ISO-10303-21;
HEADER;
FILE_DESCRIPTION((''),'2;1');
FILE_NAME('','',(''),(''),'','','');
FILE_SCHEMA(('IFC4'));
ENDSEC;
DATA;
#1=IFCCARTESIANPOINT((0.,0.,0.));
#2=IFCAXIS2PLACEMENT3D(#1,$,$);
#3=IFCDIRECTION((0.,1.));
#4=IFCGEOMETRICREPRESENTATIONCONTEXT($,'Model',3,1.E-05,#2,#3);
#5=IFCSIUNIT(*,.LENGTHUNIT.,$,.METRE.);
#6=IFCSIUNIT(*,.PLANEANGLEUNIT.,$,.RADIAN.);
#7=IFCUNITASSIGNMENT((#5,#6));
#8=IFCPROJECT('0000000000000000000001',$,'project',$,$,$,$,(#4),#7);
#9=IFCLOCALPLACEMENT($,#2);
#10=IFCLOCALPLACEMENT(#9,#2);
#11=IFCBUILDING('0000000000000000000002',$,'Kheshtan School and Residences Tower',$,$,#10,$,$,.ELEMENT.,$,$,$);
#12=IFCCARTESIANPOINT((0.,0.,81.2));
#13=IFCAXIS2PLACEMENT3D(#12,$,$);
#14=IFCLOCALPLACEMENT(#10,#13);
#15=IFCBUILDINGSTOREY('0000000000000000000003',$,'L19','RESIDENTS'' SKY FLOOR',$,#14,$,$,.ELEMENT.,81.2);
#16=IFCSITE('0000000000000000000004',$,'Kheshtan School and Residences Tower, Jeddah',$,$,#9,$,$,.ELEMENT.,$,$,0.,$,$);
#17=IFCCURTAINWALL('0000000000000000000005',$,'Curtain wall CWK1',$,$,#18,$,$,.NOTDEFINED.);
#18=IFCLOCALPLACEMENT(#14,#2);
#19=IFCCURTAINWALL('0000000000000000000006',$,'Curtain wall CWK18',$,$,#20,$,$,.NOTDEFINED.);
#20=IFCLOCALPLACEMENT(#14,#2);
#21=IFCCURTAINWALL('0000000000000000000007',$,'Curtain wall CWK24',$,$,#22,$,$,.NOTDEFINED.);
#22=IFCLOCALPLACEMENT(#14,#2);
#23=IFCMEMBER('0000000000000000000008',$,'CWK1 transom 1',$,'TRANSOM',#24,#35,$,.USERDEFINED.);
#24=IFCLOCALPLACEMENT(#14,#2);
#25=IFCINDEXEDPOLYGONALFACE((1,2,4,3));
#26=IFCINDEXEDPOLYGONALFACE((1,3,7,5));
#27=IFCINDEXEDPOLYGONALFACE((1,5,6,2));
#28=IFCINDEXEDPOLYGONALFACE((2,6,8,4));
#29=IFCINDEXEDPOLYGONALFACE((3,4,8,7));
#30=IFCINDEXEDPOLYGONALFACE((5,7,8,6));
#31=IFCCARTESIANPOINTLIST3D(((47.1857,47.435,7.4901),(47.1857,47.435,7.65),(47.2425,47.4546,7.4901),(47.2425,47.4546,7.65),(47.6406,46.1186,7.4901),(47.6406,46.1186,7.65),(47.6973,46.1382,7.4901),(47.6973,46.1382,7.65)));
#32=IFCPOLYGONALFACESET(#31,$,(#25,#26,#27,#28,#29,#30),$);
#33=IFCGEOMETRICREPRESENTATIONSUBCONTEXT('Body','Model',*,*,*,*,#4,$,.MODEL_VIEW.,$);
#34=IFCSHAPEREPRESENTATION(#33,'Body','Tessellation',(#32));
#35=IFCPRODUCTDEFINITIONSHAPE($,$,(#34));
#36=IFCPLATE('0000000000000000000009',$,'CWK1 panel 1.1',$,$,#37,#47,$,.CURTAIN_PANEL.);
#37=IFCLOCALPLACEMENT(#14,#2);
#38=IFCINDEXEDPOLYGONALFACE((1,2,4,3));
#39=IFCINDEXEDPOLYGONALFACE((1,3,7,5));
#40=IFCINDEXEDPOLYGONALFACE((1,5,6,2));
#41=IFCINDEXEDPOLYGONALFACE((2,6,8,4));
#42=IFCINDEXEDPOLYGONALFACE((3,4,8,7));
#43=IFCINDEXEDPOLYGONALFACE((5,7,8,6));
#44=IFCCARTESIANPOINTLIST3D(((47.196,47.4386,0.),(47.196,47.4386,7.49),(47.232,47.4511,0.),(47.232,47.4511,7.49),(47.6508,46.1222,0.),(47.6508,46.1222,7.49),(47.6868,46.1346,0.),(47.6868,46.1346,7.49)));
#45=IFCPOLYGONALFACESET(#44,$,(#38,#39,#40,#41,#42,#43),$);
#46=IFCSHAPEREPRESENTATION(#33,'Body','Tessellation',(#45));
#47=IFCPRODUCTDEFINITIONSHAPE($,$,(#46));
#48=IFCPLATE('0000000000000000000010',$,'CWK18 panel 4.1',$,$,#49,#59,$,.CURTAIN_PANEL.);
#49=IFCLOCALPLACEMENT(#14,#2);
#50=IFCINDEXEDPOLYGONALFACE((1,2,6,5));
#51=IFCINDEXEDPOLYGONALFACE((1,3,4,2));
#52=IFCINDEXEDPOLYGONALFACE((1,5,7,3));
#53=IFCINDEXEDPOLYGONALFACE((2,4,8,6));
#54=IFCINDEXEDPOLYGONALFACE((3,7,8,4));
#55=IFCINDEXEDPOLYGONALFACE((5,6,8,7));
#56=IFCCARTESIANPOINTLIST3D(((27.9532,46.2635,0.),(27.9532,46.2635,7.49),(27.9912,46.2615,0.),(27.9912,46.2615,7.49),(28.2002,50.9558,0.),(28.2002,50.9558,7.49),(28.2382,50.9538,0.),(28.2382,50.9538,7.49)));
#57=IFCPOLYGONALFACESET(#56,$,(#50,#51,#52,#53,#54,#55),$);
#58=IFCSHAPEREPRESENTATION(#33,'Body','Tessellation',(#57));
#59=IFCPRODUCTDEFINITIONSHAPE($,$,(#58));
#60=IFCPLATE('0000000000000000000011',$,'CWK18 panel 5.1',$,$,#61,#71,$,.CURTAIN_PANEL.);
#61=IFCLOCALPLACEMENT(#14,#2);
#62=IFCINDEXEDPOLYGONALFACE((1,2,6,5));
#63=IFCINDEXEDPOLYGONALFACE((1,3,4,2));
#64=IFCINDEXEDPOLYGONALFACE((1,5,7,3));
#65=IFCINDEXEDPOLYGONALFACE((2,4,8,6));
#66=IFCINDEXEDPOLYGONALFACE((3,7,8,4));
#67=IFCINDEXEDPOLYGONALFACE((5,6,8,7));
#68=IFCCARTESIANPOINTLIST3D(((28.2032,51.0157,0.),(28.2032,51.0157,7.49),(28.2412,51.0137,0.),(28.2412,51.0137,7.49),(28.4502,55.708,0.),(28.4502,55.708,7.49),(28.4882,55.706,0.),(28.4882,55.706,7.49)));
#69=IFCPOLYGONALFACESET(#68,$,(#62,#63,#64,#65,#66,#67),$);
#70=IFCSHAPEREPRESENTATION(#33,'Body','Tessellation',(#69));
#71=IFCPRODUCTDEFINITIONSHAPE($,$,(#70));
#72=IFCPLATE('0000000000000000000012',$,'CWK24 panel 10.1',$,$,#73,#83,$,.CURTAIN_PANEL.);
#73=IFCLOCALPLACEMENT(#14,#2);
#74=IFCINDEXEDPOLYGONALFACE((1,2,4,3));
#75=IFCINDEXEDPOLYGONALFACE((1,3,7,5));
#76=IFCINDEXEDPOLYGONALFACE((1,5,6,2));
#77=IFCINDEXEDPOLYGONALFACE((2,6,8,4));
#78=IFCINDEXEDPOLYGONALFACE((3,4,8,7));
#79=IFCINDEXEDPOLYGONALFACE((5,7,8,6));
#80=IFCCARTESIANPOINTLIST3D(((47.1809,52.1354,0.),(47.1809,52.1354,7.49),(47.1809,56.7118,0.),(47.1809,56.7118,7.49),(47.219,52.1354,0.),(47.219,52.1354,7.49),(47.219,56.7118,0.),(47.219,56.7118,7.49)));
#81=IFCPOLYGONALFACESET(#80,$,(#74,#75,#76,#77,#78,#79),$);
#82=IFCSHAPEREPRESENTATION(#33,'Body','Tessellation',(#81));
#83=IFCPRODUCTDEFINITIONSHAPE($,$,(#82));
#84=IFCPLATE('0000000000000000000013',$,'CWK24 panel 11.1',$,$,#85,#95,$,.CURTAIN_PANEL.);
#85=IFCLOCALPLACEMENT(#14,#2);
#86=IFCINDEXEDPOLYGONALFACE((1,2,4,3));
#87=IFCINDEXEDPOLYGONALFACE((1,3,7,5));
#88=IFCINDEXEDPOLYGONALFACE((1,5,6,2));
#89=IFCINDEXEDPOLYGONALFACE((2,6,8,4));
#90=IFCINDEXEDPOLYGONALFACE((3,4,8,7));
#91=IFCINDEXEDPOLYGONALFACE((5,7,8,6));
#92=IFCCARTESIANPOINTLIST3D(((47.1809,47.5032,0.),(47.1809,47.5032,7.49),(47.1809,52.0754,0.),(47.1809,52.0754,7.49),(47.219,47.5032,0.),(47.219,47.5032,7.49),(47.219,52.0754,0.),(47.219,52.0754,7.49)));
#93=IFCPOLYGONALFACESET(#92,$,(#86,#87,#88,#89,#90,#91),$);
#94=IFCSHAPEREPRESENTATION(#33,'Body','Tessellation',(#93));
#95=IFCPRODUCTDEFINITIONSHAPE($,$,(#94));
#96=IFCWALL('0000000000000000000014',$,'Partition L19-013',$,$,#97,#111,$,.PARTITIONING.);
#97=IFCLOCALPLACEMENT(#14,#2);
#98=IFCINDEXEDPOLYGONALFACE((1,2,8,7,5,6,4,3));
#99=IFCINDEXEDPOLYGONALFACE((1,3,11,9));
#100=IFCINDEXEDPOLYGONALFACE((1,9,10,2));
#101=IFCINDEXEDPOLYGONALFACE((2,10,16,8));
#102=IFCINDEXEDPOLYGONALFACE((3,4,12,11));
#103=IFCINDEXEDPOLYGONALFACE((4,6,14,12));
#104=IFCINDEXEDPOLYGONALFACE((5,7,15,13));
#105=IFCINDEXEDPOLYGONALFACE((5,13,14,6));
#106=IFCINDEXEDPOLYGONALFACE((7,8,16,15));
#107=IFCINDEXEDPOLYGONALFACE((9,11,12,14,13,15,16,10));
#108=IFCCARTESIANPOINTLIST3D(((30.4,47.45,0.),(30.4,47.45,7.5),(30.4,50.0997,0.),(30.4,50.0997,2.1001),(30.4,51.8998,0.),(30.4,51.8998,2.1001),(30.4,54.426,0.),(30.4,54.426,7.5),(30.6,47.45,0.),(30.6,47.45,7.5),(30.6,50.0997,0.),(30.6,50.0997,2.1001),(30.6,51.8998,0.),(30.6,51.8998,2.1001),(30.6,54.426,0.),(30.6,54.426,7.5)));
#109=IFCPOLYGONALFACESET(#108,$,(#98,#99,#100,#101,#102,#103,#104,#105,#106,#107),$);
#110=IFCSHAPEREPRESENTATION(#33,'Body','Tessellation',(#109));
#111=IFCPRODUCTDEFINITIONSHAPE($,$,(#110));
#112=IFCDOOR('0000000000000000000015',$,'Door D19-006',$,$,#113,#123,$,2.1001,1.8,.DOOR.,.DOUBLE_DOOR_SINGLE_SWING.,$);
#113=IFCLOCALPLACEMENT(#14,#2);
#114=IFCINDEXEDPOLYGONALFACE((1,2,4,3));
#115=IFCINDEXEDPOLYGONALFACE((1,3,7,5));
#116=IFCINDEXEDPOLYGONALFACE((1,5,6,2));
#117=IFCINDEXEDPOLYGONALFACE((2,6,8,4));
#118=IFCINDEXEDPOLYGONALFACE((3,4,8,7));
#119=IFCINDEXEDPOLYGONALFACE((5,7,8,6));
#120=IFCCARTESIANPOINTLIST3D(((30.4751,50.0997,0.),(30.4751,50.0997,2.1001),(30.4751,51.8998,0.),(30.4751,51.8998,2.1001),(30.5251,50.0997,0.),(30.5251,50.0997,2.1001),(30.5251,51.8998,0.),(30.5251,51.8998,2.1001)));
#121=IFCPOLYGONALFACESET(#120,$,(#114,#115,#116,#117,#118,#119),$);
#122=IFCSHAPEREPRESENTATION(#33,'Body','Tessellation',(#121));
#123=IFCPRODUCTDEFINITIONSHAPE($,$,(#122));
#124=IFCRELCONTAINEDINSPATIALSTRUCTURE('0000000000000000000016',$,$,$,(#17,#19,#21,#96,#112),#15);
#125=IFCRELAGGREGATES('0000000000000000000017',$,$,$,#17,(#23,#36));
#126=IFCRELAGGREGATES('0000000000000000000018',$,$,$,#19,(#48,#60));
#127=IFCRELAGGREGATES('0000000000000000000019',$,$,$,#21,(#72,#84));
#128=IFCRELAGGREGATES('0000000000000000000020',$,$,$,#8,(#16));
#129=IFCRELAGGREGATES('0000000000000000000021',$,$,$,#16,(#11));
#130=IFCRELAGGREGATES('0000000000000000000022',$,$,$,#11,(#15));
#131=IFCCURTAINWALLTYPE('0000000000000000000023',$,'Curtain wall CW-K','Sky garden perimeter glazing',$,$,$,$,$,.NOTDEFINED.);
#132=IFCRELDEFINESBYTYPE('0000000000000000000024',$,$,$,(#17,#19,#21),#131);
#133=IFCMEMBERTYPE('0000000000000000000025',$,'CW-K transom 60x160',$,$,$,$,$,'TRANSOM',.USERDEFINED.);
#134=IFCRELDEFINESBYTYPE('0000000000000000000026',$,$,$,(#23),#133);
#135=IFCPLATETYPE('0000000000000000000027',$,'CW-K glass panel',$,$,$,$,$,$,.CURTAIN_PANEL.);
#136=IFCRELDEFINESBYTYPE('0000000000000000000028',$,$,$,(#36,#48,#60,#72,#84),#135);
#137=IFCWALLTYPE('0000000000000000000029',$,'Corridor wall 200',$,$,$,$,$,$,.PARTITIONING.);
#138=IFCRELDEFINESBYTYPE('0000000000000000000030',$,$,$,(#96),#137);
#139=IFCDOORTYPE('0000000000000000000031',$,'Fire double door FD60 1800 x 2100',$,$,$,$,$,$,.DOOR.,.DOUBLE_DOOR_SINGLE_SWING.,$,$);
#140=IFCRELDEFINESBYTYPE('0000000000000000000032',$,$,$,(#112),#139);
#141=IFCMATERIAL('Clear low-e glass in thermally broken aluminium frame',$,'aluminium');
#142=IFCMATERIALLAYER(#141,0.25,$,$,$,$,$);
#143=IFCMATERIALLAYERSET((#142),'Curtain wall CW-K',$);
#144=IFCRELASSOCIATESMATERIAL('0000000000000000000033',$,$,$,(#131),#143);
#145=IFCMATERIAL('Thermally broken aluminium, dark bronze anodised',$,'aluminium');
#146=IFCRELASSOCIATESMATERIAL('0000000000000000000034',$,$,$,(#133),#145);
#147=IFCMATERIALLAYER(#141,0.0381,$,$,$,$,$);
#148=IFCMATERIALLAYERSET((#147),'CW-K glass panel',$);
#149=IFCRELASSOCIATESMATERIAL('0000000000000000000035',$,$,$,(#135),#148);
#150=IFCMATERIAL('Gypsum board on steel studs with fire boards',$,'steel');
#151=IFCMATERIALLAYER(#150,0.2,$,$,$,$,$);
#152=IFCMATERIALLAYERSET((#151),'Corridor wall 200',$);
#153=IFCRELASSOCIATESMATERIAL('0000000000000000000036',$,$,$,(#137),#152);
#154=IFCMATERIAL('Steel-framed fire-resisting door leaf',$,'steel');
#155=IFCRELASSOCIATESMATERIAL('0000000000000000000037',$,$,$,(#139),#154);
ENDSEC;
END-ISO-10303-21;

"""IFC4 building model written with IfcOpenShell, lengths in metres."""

from ifc_helpers import new_model, si_unit, direction, frame, frame_2d, origin, origin_2d, place, context, subcontext, project, spatial, rectangle, extrude, source, transform, mapped, material, layer, layer_set, material_profile, profile_set, type_object, element, fill, aggregate, save


model = new_model("IFC4")

# Units and contexts
model_context = context("Model", 3, precision=1e-05, world=origin(), true_north=direction((0.0, 1.0)))
body_context = subcontext(model_context, "Body", "Model", "MODEL_VIEW")
ifc_project = project(units=[si_unit("LENGTHUNIT", "METRE"), si_unit("PLANEANGLEUNIT", "RADIAN")], contexts=[model_context])

# Site, building, storey
site_placement = place(None, origin())
site = spatial("IfcSite", under=ifc_project, at=site_placement, Name="Kheshtan School and Residences Tower, Jeddah", CompositionType="ELEMENT", RefElevation=0.0)
building_placement = place(site_placement, origin())
building = spatial("IfcBuilding", under=site, at=building_placement, Name="Kheshtan School and Residences Tower", CompositionType="ELEMENT")
storey_placement = place(building_placement, frame((0.0, 0.0, 81.2)))
storey = spatial("IfcBuildingStorey", under=building, at=storey_placement, Name="L19", Description="RESIDENTS' SKY FLOOR", CompositionType="ELEMENT", Elevation=81.2)

# Curtain wall
ifc_material_1 = material(Name="Clear low-e glass in thermally broken aluminium frame", Category="aluminium")
ifc_layer_1 = layer(ifc_material_1, 0.25)
ifc_layer_set_1 = layer_set([ifc_layer_1], Name="Curtain wall CW-K")
curtain_wall_type = type_object("IfcCurtainWallType", Name="Curtain wall CW-K", Description="Sky garden perimeter glazing", PredefinedType="NOTDEFINED", material=ifc_layer_set_1)
curtain_wall_1_placement = place(storey_placement, origin())
curtain_wall_1 = element("IfcCurtainWall", 1, at=curtain_wall_1_placement, inside=storey, type_object=curtain_wall_type, Name="Curtain wall CWK1", PredefinedType="NOTDEFINED")
ifc_material_2 = material(Name="Thermally broken aluminium, dark bronze anodised", Category="aluminium")

# Curtain wall
curtain_wall_2_placement = place(storey_placement, origin())
curtain_wall_2 = element("IfcCurtainWall", 2, at=curtain_wall_2_placement, inside=storey, type_object=curtain_wall_type, Name="Curtain wall CWK18", PredefinedType="NOTDEFINED")

# Curtain wall
curtain_wall_3_placement = place(storey_placement, origin())
curtain_wall_3 = element("IfcCurtainWall", 3, at=curtain_wall_3_placement, inside=storey, type_object=curtain_wall_type, Name="Curtain wall CWK24", PredefinedType="NOTDEFINED")

# Member
ifc_material_profile_1 = material_profile(ifc_material_2, rectangle(XDim=0.0601, YDim=0.1599, at=origin_2d()), Name="CW-K transom 60x160")
ifc_profile_set_1 = profile_set([ifc_material_profile_1], Name="Thermally broken aluminium, dark bronze anodised")
member_type_1 = type_object("IfcMemberType", Name="CW-K transom 60x160", ElementType="TRANSOM", PredefinedType="USERDEFINED", material=ifc_profile_set_1)
member_1_placement = place(storey_placement, frame((47.2141, 47.4448, 7.5701), z_axis=(0.326569, -0.945173, 0.0), x_axis=(0.945173, 0.326569, 0.0)))
member_1 = element("IfcMember", 4, at=member_1_placement, type_object=member_type_1, Name="CWK1 transom 1", ObjectType="TRANSOM", PredefinedType="USERDEFINED", context=body_context, shape_type="SweptSolid", body=[
    extrude(rectangle(XDim=0.0601, YDim=0.1599, at=origin_2d()), origin(), (0.0, 0.0, 1.0), 1.3928),
])

# Plates
ifc_layer_2 = layer(ifc_material_1, 0.0381)
ifc_layer_set_2 = layer_set([ifc_layer_2], Name="CW-K glass panel")
plate_type = type_object("IfcPlateType", Name="CW-K glass panel", PredefinedType="CURTAIN_PANEL", material=ifc_layer_set_2)
plate_1_placement = place(storey_placement, frame((47.4414, 46.7866, 0.0), z_axis=(0.0, 0.0, 1.0), x_axis=(0.32652, -0.94519, 0.0)))
plate_1 = element("IfcPlate", 5, at=plate_1_placement, type_object=plate_type, Name="CWK1 panel 1.1", PredefinedType="CURTAIN_PANEL", context=body_context, shape_type="SweptSolid", body=[
    extrude(rectangle(XDim=1.3928, YDim=0.0381, at=origin_2d()), origin(), (0.0, 0.0, 1.0), 7.49),
])
aggregate(curtain_wall_1, [member_1, plate_1])
plate_2_placement = place(storey_placement, frame((28.0957, 48.6086, 0.0), z_axis=(0.0, 0.0, 1.0), x_axis=(0.052565, 0.998617, 0.0)))
plate_2 = element("IfcPlate", 6, at=plate_2_placement, type_object=plate_type, Name="CWK18 panel 4.1", PredefinedType="CURTAIN_PANEL", context=body_context, shape_type="SweptSolid", body=[
    extrude(rectangle(XDim=4.6987, YDim=0.0381, at=origin_2d()), origin(), (0.0, 0.0, 1.0), 7.49),
])
plate_3_placement = place(storey_placement, frame((28.3457, 53.3608, 0.0), z_axis=(0.0, 0.0, 1.0), x_axis=(0.052565, 0.998617, 0.0)))
plate_3 = element("IfcPlate", 7, at=plate_3_placement, type_object=plate_type, Name="CWK18 panel 5.1", PredefinedType="CURTAIN_PANEL", context=body_context, shape_type="SweptSolid", body=[
    extrude(rectangle(XDim=4.6987, YDim=0.0381, at=origin_2d()), origin(), (0.0, 0.0, 1.0), 7.49),
])
aggregate(curtain_wall_2, [plate_2, plate_3])
plate_4_placement = place(storey_placement, frame((47.2, 54.4236, 0.0), z_axis=(0.0, 0.0, 1.0), x_axis=(0.0, -1.0, 0.0)))
plate_4 = element("IfcPlate", 8, at=plate_4_placement, type_object=plate_type, Name="CWK24 panel 10.1", PredefinedType="CURTAIN_PANEL", context=body_context, shape_type="SweptSolid", body=[
    extrude(rectangle(XDim=4.5764, YDim=0.0381, at=origin_2d()), origin(), (0.0, 0.0, 1.0), 7.49),
])
plate_5_placement = place(storey_placement, frame((47.2, 49.7893, 0.0), z_axis=(0.0, 0.0, 1.0), x_axis=(0.0, -1.0, 0.0)))
plate_5 = element("IfcPlate", 9, at=plate_5_placement, type_object=plate_type, Name="CWK24 panel 11.1", PredefinedType="CURTAIN_PANEL", context=body_context, shape_type="SweptSolid", body=[
    extrude(rectangle(XDim=4.5723, YDim=0.0381, at=origin_2d()), origin(), (0.0, 0.0, 1.0), 7.49),
])
aggregate(curtain_wall_3, [plate_4, plate_5])

# Wall, opening, door
ifc_material_3 = material(Name="Gypsum board on steel studs with fire boards", Category="steel")
ifc_layer_3 = layer(ifc_material_3, 0.2)
ifc_layer_set_3 = layer_set([ifc_layer_3], Name="Corridor wall 200")
wall_type_1 = type_object("IfcWallType", Name="Corridor wall 200", PredefinedType="PARTITIONING", material=ifc_layer_set_3)
wall_1_placement = place(storey_placement, frame((30.5, 47.45, 0.0), z_axis=(0.0, 0.0, 1.0), x_axis=(0.0, 1.0, 0.0)))
wall_1 = element("IfcWall", 10, at=wall_1_placement, inside=storey, type_object=wall_type_1, Name="Partition L19-013", PredefinedType="PARTITIONING", context=body_context, shape_type="SweptSolid", body=[
    extrude(rectangle(XDim=6.9761, YDim=0.2, at=frame_2d((3.488, 0.0))), origin(), (0.0, 0.0, 1.0), 7.5),
])
opening_1_placement = place(wall_1_placement, frame((2.6499, 0.0, 0.0)))
opening_1 = element("IfcOpeningElement", 11, at=opening_1_placement, cuts=wall_1, PredefinedType="OPENING", context=body_context, shape_type="SweptSolid", body=[
    extrude(rectangle(XDim=1.8, YDim=2.1001, at=frame_2d((0.8999, 1.05))), frame((0.0, 0.1099, 0.0), z_axis=(0.0, -1.0, 0.0), x_axis=(1.0, 0.0, 0.0)), (0.0, 0.0, 1.0), 0.22),
])
ifc_material_4 = material(Name="Steel-framed fire-resisting door leaf", Category="steel")
door_type_1 = type_object("IfcDoorType", Name="Fire double door FD60 1800 x 2100", OperationType="DOUBLE_DOOR_SINGLE_SWING", PredefinedType="DOOR", material=ifc_material_4)
shared_shape_1 = source(origin(), body_context, "Body", "SweptSolid", [
    extrude(rectangle(XDim=1.8, YDim=2.1001, at=frame_2d((0.8999, 1.05))), frame((0.0, 0.0249, 0.0), z_axis=(0.0, -1.0, 0.0), x_axis=(1.0, 0.0, 0.0)), (0.0, 0.0, 1.0), 0.05),
])
door_1_placement = place(opening_1_placement, origin())
door_1 = element("IfcDoor", 12, at=door_1_placement, inside=storey, type_object=door_type_1, Name="Door D19-006", OperationType="DOUBLE_DOOR_SINGLE_SWING", OverallHeight=2.1001, OverallWidth=1.8, PredefinedType="DOOR", context=body_context, shape_type="MappedRepresentation", body=[
    mapped(shared_shape_1, transform((0.0, 0.0, 0.0), x_axis=(1.0, 0.0, 0.0), y_axis=(0.0, 1.0, 0.0), z_axis=(0.0, 0.0, 1.0), scale=1.0)),
])
fill(opening_1, door_1)

save(model, "model.ifc")
